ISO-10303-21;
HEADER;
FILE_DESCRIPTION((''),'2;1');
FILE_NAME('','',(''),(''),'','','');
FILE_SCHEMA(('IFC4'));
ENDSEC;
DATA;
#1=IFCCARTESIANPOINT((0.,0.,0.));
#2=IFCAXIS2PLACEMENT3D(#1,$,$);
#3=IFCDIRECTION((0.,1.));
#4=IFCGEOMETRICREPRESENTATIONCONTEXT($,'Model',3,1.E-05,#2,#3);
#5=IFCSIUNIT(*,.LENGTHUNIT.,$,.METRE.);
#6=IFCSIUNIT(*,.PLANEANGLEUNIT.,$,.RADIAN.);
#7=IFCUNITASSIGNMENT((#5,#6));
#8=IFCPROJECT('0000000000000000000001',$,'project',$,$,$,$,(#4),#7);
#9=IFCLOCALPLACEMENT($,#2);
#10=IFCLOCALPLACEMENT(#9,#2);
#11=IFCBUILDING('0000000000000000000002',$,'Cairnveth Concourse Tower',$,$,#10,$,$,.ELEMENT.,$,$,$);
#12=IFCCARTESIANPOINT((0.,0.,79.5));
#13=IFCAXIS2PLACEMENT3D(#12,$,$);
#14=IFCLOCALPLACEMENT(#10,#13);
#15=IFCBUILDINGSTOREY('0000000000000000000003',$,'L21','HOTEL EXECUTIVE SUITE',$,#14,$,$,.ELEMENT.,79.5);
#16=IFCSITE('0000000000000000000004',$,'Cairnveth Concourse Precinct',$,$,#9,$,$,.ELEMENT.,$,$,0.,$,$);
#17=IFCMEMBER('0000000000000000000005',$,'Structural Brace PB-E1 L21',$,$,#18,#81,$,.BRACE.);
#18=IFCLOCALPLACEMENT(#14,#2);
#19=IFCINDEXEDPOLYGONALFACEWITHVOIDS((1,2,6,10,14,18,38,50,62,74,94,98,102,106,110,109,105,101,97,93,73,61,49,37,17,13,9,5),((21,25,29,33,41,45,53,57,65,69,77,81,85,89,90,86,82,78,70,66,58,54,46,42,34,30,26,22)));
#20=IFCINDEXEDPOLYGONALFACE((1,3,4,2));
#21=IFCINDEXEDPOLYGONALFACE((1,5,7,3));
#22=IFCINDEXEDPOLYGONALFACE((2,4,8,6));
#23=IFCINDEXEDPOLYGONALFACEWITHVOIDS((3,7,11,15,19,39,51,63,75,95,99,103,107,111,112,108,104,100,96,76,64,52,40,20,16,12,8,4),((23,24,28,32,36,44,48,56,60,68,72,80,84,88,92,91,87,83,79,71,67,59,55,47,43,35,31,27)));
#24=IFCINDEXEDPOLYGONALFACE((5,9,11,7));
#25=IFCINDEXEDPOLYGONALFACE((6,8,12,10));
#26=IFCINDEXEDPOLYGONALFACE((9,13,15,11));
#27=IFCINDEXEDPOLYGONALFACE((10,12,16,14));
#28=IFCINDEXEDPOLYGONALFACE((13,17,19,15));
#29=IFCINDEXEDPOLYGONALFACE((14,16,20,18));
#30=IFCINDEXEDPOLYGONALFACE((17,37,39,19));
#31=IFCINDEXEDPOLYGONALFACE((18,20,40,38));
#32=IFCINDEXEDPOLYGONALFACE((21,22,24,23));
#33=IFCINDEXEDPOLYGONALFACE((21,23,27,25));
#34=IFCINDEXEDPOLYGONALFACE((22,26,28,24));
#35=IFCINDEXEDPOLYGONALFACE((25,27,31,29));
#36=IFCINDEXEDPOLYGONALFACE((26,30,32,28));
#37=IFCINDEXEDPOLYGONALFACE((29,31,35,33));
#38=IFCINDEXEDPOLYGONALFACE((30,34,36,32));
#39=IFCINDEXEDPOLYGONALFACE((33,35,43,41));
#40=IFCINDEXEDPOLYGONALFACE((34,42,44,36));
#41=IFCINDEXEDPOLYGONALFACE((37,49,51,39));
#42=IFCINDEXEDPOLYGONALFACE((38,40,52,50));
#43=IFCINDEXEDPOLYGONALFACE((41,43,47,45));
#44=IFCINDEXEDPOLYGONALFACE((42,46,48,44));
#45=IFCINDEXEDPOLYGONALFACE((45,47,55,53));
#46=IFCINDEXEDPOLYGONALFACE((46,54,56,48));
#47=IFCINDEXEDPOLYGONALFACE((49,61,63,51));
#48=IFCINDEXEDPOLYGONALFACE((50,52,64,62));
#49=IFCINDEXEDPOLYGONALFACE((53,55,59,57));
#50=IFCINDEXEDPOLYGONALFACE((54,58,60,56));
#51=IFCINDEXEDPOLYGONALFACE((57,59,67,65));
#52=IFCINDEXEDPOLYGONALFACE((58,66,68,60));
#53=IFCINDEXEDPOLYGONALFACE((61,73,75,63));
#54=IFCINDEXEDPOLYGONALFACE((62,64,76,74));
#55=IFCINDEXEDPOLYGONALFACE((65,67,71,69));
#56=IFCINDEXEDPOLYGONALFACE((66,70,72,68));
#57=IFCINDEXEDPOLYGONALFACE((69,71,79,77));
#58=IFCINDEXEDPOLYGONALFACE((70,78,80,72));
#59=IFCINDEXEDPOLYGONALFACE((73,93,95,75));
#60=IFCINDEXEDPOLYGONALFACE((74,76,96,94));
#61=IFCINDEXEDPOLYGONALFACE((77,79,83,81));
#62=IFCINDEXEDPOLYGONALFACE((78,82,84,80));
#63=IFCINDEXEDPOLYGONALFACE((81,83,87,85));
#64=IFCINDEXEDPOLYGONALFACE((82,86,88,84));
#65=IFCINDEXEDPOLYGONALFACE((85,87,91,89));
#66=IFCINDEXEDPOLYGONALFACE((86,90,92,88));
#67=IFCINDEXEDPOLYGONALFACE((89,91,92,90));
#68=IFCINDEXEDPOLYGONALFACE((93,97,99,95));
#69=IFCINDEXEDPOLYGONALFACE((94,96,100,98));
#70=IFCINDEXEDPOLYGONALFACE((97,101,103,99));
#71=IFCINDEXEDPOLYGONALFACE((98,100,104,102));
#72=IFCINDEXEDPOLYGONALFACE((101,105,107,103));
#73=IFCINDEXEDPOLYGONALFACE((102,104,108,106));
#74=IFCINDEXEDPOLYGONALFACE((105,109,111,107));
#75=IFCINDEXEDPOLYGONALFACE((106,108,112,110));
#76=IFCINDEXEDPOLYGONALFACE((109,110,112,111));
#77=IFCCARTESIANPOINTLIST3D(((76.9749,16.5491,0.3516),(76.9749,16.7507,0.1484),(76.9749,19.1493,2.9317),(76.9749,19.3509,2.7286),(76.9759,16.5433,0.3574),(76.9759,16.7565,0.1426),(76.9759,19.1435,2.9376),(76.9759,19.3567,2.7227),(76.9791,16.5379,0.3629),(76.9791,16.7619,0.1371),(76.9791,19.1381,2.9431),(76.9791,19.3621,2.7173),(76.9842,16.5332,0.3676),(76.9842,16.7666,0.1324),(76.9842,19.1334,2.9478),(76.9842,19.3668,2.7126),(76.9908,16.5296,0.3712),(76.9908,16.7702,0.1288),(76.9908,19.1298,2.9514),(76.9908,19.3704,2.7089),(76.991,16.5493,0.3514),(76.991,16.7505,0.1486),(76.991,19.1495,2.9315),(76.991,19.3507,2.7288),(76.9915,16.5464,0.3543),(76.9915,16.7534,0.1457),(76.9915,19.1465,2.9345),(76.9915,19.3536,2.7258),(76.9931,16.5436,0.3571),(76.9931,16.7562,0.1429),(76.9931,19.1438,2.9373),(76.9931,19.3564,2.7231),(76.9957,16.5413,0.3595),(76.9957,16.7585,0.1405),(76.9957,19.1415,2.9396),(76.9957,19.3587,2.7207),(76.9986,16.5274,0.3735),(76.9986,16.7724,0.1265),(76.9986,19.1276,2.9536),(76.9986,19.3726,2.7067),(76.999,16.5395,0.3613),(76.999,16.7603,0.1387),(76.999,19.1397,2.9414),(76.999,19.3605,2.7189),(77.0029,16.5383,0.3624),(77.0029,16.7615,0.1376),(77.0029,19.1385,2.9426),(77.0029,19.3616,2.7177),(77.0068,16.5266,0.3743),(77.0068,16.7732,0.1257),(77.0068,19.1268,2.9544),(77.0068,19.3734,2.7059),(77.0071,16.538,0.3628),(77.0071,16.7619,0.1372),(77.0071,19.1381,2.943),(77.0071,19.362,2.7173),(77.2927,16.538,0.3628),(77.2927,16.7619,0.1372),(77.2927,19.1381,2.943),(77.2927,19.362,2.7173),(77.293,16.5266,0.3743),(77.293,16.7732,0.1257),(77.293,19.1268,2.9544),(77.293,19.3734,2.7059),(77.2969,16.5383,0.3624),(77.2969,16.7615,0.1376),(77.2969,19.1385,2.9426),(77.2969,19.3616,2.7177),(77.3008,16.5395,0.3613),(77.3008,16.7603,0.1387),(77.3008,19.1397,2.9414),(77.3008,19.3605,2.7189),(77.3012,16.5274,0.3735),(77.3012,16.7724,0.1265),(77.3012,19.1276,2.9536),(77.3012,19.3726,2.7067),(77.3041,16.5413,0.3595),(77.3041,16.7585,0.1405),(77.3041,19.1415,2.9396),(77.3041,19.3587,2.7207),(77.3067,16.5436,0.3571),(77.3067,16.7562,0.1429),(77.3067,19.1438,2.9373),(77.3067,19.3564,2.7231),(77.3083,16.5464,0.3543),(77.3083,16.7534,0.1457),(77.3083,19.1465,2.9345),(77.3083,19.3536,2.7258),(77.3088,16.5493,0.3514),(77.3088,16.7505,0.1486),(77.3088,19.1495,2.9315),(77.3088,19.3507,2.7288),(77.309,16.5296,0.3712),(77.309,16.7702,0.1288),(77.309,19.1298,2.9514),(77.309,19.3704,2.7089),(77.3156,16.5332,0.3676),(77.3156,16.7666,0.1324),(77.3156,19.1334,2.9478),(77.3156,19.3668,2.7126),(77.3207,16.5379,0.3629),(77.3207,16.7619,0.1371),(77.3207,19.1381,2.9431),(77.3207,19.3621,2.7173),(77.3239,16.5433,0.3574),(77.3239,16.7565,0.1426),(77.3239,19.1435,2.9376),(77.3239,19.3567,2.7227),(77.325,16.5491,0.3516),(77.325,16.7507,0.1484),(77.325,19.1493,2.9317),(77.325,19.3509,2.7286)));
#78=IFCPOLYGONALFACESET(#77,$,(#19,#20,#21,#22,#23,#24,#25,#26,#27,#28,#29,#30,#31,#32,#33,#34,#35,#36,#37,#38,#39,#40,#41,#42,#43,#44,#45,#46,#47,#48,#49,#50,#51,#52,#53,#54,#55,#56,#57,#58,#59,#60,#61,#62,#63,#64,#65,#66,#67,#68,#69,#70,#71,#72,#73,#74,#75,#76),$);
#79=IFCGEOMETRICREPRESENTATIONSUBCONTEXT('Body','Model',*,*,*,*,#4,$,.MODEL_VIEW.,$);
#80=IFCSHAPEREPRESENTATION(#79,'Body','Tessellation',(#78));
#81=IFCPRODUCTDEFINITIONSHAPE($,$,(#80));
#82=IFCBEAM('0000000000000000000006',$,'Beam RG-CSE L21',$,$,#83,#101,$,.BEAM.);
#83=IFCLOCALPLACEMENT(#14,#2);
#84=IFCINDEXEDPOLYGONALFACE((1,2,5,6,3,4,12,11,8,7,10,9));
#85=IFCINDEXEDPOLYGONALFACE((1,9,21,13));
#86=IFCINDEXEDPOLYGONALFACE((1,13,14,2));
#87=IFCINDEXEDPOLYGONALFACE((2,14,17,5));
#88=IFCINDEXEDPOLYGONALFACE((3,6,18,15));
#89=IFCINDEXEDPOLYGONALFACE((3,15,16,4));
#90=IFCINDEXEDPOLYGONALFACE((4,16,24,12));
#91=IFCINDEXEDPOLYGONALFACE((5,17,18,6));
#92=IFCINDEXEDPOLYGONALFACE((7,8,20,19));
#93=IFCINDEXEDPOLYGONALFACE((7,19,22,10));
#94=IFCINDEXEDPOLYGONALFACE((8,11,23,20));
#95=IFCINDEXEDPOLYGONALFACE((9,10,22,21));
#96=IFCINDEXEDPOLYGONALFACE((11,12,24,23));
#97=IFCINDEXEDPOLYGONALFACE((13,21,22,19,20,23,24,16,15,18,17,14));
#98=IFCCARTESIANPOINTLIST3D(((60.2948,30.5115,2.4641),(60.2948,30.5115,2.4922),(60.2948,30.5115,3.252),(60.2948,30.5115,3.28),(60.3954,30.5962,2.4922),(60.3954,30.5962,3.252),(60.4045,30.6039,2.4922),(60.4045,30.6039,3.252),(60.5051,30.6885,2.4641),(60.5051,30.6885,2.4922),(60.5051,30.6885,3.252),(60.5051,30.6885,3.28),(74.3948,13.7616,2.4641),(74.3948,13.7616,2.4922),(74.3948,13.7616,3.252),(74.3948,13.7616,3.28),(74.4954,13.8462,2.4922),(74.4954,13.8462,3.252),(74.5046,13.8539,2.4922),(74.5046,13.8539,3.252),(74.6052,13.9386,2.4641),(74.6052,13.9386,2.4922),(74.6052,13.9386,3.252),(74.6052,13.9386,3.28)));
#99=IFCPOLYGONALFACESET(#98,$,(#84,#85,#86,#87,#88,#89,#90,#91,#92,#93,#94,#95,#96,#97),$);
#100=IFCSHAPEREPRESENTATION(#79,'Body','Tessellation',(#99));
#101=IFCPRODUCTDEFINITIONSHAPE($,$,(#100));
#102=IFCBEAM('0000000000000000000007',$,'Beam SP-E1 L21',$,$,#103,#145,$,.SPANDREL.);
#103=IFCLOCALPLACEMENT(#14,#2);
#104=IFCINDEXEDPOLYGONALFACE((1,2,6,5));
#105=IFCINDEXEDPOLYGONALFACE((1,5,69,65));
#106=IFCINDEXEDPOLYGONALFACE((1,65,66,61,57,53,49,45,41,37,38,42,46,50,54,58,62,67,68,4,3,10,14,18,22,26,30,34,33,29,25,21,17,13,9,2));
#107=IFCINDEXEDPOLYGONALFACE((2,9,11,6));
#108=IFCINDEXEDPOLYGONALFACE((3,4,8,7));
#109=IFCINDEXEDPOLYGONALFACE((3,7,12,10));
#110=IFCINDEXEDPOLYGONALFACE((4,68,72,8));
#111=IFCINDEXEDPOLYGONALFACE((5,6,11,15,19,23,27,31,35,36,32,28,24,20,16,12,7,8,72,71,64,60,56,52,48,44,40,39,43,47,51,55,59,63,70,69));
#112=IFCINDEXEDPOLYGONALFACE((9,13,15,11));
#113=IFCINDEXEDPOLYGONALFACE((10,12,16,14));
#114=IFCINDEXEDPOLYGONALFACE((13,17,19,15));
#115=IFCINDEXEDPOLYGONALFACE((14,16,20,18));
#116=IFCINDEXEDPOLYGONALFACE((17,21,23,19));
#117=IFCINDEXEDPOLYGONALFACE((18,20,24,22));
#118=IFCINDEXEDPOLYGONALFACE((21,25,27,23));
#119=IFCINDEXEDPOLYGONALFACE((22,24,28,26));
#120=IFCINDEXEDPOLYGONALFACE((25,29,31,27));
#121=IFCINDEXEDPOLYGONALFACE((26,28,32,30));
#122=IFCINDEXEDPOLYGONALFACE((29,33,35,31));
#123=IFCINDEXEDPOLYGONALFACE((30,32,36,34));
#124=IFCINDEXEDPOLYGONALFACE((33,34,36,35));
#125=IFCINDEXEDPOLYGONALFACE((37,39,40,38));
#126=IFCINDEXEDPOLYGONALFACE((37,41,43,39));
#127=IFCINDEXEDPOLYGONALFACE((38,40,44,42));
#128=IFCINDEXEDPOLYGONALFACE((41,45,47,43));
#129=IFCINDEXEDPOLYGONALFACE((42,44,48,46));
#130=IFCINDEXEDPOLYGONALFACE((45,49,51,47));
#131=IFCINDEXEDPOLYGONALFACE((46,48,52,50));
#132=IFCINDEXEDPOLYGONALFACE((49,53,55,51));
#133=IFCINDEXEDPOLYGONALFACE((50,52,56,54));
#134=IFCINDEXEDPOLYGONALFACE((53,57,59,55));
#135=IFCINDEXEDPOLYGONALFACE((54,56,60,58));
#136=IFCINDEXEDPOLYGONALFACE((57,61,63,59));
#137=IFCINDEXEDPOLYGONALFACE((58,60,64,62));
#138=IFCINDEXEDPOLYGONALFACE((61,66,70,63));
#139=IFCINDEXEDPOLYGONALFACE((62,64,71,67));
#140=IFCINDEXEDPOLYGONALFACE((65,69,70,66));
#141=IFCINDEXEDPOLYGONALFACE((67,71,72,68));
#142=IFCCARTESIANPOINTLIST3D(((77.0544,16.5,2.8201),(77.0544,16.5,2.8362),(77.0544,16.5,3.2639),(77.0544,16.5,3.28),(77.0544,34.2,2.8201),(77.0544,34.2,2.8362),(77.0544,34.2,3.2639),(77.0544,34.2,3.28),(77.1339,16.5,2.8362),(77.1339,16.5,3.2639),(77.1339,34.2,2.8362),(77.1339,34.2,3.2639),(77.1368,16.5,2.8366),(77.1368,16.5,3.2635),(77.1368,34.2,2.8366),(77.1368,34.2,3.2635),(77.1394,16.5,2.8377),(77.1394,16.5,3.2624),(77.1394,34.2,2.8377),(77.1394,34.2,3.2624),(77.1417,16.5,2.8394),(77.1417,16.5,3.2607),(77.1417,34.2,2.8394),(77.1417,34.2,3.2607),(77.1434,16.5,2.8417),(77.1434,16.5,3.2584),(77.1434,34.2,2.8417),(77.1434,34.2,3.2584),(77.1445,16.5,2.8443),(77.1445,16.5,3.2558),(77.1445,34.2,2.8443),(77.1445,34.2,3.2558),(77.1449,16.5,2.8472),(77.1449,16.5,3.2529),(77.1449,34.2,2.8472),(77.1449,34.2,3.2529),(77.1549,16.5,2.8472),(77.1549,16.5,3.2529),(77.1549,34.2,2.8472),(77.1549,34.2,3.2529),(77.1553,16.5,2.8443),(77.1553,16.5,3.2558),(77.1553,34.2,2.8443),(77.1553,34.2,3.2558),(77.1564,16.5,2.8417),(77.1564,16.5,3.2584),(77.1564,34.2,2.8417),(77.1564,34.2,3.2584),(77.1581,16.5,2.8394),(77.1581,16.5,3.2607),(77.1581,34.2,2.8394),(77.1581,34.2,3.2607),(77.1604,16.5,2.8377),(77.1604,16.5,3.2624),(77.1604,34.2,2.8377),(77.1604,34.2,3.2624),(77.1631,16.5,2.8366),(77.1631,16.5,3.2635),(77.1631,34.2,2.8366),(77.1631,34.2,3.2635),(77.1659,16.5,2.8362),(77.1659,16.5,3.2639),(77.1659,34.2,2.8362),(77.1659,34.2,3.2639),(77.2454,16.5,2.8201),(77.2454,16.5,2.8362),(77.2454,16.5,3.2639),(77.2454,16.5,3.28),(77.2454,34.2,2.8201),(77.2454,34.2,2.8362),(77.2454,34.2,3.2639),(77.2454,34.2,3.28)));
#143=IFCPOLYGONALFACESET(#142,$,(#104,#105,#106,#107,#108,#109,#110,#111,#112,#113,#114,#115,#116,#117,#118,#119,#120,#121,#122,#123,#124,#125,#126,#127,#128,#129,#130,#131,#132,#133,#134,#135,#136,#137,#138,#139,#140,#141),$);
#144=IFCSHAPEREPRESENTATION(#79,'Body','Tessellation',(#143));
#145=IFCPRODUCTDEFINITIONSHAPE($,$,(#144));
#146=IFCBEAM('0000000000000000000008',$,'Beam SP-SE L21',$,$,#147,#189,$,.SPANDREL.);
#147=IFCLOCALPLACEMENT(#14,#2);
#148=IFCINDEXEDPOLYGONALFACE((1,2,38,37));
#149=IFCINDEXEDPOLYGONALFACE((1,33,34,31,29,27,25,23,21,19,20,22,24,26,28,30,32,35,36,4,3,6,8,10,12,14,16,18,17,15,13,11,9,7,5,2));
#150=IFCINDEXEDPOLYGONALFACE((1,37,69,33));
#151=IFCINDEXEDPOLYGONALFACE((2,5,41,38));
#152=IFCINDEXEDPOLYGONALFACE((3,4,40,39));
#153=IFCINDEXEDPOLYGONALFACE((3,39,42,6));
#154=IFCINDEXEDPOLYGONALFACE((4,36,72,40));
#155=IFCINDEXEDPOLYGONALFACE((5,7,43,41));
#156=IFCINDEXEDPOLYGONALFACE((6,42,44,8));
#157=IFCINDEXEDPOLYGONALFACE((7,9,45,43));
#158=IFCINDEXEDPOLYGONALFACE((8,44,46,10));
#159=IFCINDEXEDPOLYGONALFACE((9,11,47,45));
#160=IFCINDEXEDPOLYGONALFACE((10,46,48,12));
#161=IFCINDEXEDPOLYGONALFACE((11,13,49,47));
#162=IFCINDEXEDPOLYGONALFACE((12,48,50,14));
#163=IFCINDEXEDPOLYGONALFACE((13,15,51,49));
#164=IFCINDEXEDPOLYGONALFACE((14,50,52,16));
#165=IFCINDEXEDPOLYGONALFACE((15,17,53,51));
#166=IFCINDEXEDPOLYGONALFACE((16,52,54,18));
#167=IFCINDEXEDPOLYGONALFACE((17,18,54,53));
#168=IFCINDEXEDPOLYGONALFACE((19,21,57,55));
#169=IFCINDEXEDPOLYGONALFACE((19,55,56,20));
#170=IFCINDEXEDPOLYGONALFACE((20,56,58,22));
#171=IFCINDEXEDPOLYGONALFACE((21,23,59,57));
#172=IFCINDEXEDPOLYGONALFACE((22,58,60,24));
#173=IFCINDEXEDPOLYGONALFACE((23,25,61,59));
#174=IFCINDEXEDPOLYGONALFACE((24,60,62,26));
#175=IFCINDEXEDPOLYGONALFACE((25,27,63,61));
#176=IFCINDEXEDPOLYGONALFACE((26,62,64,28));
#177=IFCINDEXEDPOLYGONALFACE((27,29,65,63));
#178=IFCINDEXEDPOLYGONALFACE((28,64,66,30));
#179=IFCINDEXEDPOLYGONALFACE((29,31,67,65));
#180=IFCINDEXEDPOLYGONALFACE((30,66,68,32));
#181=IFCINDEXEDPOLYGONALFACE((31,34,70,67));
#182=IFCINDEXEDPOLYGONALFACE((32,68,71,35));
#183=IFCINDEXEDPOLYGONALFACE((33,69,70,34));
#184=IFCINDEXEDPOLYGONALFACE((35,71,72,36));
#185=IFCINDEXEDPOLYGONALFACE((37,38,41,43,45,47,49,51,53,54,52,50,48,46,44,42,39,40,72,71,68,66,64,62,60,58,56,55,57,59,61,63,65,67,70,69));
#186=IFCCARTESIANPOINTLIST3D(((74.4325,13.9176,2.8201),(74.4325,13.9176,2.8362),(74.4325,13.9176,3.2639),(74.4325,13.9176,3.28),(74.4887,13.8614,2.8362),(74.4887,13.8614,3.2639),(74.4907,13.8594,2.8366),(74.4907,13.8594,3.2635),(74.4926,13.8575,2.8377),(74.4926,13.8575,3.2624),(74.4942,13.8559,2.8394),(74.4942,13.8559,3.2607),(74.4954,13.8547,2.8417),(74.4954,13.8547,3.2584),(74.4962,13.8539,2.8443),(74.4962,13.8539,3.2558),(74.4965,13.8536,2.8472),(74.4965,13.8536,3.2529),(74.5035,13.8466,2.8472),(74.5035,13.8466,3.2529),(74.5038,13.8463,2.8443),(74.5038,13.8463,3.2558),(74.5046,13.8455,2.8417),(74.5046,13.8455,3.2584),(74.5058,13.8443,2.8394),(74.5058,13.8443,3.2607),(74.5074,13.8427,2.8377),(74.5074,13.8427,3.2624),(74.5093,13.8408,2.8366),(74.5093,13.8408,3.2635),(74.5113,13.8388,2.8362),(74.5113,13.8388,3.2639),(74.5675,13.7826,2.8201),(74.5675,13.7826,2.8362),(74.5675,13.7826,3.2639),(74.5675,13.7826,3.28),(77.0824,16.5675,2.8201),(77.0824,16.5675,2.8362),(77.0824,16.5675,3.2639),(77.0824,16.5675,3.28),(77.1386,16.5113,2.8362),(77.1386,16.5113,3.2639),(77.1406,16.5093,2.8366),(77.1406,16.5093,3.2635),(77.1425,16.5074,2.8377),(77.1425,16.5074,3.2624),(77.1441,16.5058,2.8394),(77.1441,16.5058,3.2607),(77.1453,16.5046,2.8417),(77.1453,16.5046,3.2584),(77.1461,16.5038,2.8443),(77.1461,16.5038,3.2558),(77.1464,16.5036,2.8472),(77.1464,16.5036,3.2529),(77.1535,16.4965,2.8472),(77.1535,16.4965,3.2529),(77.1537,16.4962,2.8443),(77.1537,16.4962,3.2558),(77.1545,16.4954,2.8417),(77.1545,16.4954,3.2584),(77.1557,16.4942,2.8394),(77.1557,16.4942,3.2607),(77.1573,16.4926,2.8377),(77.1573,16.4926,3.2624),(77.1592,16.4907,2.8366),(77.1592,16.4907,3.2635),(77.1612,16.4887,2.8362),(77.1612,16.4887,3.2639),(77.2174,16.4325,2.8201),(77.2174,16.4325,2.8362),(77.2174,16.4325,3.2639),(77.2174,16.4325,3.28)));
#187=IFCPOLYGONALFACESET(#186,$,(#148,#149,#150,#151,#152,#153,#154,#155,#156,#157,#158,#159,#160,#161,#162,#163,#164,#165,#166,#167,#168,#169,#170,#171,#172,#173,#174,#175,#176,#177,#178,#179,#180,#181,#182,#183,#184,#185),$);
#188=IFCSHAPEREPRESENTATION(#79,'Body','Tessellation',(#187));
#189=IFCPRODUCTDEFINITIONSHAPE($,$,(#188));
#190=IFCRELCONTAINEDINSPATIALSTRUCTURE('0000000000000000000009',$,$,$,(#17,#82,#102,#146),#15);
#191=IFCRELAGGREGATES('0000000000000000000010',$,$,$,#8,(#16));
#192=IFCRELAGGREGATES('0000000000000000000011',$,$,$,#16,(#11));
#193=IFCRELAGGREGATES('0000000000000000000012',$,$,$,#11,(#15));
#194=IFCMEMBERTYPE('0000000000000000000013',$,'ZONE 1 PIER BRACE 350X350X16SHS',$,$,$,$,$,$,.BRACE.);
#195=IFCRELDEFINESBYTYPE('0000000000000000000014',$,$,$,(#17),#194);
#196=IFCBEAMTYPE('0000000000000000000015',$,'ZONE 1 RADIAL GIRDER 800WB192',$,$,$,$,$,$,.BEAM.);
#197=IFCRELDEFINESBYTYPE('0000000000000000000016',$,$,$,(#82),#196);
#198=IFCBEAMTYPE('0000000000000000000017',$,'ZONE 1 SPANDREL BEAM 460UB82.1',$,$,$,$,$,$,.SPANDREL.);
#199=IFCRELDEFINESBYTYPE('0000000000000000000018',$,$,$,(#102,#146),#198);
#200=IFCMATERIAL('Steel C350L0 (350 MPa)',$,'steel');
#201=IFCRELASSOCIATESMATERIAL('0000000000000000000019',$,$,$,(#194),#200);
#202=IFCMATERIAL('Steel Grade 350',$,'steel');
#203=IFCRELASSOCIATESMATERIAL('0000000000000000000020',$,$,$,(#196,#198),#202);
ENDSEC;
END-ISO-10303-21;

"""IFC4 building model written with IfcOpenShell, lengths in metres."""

from ifc_helpers import new_model, si_unit, direction, frame, origin, origin_2d, place, context, subcontext, project, spatial, hollow_rectangle, i_section, extrude, material, material_profile, profile_set, type_object, element, save


model = new_model("IFC4")

# Units and contexts
model_context = context("Model", 3, precision=1e-05, world=origin(), true_north=direction((0.0, 1.0)))
body_context = subcontext(model_context, "Body", "Model", "MODEL_VIEW")
ifc_project = project(units=[si_unit("LENGTHUNIT", "METRE"), si_unit("PLANEANGLEUNIT", "RADIAN")], contexts=[model_context])

# Site, building, storey
site_placement = place(None, origin())
site = spatial("IfcSite", under=ifc_project, at=site_placement, Name="Cairnveth Concourse Precinct", CompositionType="ELEMENT", RefElevation=0.0)
building_placement = place(site_placement, origin())
building = spatial("IfcBuilding", under=site, at=building_placement, Name="Cairnveth Concourse Tower", CompositionType="ELEMENT")
storey_placement = place(building_placement, frame((0.0, 0.0, 79.5)))
storey = spatial("IfcBuildingStorey", under=building, at=storey_placement, Name="L21", Description="HOTEL EXECUTIVE SUITE", CompositionType="ELEMENT", Elevation=79.5)

# Shared definitions
ifc_material_1 = material(Name="Steel Grade 350", Category="steel")

# Member
ifc_material_2 = material(Name="Steel C350L0 (350 MPa)", Category="steel")
ifc_material_profile_1 = material_profile(ifc_material_2, hollow_rectangle(XDim=0.3501, YDim=0.3501, WallThickness=0.0161, InnerFilletRadius=0.0161, OuterFilletRadius=0.032, at=origin_2d()), Name="350x350x16.0SHS")
ifc_profile_set_1 = profile_set([ifc_material_profile_1], Name="Steel C350L0 (350 MPa)")
member_type = type_object("IfcMemberType", Name="ZONE 1 PIER BRACE 350X350X16SHS", PredefinedType="BRACE", material=ifc_profile_set_1)
for number, where, z_axis, x_axis, name in (
    (1, (77.1499, 16.6499, 0.25), (0.0, 0.709834, 0.704369), (-1.0, 0.0, 0.0), "Structural Brace PB-E1 L21"),
):
    element("IfcMember", number, at=place(storey_placement, frame(where, z_axis=z_axis, x_axis=x_axis)), inside=storey, type_object=member_type, Name=name, PredefinedType="BRACE", context=body_context, shape_type="SweptSolid", body=[
        extrude(hollow_rectangle(XDim=0.3501, YDim=0.3501, WallThickness=0.0161, InnerFilletRadius=0.0161, OuterFilletRadius=0.032, at=origin_2d()), origin(), (0.0, 0.0, 1.0), 3.6631),
    ])

# Beams
ifc_material_profile_2 = material_profile(ifc_material_1, i_section(OverallWidth=0.2749, OverallDepth=0.8159, WebThickness=0.012, FlangeThickness=0.0281, at=origin_2d()), Name="800WB192")
ifc_profile_set_2 = profile_set([ifc_material_profile_2], Name="Steel Grade 350")
beam_type_1 = type_object("IfcBeamType", Name="ZONE 1 RADIAL GIRDER 800WB192", PredefinedType="BEAM", material=ifc_profile_set_2)
beam_1_placement = place(storey_placement, frame((74.5, 13.8501, 2.8721), z_axis=(-0.643998, 0.765027, 0.0), x_axis=(-0.765027, -0.643998, 0.0)))
element("IfcBeam", 2, at=beam_1_placement, inside=storey, type_object=beam_type_1, Name="Beam RG-CSE L21", PredefinedType="BEAM", context=body_context, shape_type="SweptSolid", body=[
    extrude(i_section(OverallWidth=0.2749, OverallDepth=0.8159, WebThickness=0.012, FlangeThickness=0.0281, at=origin_2d()), origin(), (0.0, 0.0, 1.0), 21.8945),
])
ifc_material_profile_3 = material_profile(ifc_material_1, i_section(OverallWidth=0.1909, OverallDepth=0.46, WebThickness=0.01, FlangeThickness=0.0161, FilletRadius=0.011, at=origin_2d()), Name="460UB82.1")
ifc_profile_set_3 = profile_set([ifc_material_profile_3], Name="Steel Grade 350")
beam_type_2 = type_object("IfcBeamType", Name="ZONE 1 SPANDREL BEAM 460UB82.1", PredefinedType="SPANDREL", material=ifc_profile_set_3)
beam_2_placement = place(storey_placement, frame((77.1499, 16.5, 3.05), z_axis=(0.0, 1.0, 0.0), x_axis=(-1.0, 0.0, 0.0)))
element("IfcBeam", 3, at=beam_2_placement, inside=storey, type_object=beam_type_2, Name="Beam SP-E1 L21", PredefinedType="SPANDREL", context=body_context, shape_type="SweptSolid", body=[
    extrude(i_section(OverallWidth=0.1909, OverallDepth=0.46, WebThickness=0.01, FlangeThickness=0.0161, FilletRadius=0.011, at=origin_2d()), origin(), (0.0, 0.0, 1.0), 17.7),
])
beam_3_placement = place(storey_placement, frame((74.5, 13.8501, 3.05), z_axis=(0.707107, 0.707107, 0.0), x_axis=(-0.707107, 0.707107, 0.0)))
element("IfcBeam", 4, at=beam_3_placement, inside=storey, type_object=beam_type_2, Name="Beam SP-SE L21", PredefinedType="SPANDREL", context=body_context, shape_type="SweptSolid", body=[
    extrude(i_section(OverallWidth=0.1909, OverallDepth=0.46, WebThickness=0.01, FlangeThickness=0.0161, FilletRadius=0.011, at=origin_2d()), origin(), (0.0, 0.0, 1.0), 3.7476),
])

save(model, "model.ifc")
